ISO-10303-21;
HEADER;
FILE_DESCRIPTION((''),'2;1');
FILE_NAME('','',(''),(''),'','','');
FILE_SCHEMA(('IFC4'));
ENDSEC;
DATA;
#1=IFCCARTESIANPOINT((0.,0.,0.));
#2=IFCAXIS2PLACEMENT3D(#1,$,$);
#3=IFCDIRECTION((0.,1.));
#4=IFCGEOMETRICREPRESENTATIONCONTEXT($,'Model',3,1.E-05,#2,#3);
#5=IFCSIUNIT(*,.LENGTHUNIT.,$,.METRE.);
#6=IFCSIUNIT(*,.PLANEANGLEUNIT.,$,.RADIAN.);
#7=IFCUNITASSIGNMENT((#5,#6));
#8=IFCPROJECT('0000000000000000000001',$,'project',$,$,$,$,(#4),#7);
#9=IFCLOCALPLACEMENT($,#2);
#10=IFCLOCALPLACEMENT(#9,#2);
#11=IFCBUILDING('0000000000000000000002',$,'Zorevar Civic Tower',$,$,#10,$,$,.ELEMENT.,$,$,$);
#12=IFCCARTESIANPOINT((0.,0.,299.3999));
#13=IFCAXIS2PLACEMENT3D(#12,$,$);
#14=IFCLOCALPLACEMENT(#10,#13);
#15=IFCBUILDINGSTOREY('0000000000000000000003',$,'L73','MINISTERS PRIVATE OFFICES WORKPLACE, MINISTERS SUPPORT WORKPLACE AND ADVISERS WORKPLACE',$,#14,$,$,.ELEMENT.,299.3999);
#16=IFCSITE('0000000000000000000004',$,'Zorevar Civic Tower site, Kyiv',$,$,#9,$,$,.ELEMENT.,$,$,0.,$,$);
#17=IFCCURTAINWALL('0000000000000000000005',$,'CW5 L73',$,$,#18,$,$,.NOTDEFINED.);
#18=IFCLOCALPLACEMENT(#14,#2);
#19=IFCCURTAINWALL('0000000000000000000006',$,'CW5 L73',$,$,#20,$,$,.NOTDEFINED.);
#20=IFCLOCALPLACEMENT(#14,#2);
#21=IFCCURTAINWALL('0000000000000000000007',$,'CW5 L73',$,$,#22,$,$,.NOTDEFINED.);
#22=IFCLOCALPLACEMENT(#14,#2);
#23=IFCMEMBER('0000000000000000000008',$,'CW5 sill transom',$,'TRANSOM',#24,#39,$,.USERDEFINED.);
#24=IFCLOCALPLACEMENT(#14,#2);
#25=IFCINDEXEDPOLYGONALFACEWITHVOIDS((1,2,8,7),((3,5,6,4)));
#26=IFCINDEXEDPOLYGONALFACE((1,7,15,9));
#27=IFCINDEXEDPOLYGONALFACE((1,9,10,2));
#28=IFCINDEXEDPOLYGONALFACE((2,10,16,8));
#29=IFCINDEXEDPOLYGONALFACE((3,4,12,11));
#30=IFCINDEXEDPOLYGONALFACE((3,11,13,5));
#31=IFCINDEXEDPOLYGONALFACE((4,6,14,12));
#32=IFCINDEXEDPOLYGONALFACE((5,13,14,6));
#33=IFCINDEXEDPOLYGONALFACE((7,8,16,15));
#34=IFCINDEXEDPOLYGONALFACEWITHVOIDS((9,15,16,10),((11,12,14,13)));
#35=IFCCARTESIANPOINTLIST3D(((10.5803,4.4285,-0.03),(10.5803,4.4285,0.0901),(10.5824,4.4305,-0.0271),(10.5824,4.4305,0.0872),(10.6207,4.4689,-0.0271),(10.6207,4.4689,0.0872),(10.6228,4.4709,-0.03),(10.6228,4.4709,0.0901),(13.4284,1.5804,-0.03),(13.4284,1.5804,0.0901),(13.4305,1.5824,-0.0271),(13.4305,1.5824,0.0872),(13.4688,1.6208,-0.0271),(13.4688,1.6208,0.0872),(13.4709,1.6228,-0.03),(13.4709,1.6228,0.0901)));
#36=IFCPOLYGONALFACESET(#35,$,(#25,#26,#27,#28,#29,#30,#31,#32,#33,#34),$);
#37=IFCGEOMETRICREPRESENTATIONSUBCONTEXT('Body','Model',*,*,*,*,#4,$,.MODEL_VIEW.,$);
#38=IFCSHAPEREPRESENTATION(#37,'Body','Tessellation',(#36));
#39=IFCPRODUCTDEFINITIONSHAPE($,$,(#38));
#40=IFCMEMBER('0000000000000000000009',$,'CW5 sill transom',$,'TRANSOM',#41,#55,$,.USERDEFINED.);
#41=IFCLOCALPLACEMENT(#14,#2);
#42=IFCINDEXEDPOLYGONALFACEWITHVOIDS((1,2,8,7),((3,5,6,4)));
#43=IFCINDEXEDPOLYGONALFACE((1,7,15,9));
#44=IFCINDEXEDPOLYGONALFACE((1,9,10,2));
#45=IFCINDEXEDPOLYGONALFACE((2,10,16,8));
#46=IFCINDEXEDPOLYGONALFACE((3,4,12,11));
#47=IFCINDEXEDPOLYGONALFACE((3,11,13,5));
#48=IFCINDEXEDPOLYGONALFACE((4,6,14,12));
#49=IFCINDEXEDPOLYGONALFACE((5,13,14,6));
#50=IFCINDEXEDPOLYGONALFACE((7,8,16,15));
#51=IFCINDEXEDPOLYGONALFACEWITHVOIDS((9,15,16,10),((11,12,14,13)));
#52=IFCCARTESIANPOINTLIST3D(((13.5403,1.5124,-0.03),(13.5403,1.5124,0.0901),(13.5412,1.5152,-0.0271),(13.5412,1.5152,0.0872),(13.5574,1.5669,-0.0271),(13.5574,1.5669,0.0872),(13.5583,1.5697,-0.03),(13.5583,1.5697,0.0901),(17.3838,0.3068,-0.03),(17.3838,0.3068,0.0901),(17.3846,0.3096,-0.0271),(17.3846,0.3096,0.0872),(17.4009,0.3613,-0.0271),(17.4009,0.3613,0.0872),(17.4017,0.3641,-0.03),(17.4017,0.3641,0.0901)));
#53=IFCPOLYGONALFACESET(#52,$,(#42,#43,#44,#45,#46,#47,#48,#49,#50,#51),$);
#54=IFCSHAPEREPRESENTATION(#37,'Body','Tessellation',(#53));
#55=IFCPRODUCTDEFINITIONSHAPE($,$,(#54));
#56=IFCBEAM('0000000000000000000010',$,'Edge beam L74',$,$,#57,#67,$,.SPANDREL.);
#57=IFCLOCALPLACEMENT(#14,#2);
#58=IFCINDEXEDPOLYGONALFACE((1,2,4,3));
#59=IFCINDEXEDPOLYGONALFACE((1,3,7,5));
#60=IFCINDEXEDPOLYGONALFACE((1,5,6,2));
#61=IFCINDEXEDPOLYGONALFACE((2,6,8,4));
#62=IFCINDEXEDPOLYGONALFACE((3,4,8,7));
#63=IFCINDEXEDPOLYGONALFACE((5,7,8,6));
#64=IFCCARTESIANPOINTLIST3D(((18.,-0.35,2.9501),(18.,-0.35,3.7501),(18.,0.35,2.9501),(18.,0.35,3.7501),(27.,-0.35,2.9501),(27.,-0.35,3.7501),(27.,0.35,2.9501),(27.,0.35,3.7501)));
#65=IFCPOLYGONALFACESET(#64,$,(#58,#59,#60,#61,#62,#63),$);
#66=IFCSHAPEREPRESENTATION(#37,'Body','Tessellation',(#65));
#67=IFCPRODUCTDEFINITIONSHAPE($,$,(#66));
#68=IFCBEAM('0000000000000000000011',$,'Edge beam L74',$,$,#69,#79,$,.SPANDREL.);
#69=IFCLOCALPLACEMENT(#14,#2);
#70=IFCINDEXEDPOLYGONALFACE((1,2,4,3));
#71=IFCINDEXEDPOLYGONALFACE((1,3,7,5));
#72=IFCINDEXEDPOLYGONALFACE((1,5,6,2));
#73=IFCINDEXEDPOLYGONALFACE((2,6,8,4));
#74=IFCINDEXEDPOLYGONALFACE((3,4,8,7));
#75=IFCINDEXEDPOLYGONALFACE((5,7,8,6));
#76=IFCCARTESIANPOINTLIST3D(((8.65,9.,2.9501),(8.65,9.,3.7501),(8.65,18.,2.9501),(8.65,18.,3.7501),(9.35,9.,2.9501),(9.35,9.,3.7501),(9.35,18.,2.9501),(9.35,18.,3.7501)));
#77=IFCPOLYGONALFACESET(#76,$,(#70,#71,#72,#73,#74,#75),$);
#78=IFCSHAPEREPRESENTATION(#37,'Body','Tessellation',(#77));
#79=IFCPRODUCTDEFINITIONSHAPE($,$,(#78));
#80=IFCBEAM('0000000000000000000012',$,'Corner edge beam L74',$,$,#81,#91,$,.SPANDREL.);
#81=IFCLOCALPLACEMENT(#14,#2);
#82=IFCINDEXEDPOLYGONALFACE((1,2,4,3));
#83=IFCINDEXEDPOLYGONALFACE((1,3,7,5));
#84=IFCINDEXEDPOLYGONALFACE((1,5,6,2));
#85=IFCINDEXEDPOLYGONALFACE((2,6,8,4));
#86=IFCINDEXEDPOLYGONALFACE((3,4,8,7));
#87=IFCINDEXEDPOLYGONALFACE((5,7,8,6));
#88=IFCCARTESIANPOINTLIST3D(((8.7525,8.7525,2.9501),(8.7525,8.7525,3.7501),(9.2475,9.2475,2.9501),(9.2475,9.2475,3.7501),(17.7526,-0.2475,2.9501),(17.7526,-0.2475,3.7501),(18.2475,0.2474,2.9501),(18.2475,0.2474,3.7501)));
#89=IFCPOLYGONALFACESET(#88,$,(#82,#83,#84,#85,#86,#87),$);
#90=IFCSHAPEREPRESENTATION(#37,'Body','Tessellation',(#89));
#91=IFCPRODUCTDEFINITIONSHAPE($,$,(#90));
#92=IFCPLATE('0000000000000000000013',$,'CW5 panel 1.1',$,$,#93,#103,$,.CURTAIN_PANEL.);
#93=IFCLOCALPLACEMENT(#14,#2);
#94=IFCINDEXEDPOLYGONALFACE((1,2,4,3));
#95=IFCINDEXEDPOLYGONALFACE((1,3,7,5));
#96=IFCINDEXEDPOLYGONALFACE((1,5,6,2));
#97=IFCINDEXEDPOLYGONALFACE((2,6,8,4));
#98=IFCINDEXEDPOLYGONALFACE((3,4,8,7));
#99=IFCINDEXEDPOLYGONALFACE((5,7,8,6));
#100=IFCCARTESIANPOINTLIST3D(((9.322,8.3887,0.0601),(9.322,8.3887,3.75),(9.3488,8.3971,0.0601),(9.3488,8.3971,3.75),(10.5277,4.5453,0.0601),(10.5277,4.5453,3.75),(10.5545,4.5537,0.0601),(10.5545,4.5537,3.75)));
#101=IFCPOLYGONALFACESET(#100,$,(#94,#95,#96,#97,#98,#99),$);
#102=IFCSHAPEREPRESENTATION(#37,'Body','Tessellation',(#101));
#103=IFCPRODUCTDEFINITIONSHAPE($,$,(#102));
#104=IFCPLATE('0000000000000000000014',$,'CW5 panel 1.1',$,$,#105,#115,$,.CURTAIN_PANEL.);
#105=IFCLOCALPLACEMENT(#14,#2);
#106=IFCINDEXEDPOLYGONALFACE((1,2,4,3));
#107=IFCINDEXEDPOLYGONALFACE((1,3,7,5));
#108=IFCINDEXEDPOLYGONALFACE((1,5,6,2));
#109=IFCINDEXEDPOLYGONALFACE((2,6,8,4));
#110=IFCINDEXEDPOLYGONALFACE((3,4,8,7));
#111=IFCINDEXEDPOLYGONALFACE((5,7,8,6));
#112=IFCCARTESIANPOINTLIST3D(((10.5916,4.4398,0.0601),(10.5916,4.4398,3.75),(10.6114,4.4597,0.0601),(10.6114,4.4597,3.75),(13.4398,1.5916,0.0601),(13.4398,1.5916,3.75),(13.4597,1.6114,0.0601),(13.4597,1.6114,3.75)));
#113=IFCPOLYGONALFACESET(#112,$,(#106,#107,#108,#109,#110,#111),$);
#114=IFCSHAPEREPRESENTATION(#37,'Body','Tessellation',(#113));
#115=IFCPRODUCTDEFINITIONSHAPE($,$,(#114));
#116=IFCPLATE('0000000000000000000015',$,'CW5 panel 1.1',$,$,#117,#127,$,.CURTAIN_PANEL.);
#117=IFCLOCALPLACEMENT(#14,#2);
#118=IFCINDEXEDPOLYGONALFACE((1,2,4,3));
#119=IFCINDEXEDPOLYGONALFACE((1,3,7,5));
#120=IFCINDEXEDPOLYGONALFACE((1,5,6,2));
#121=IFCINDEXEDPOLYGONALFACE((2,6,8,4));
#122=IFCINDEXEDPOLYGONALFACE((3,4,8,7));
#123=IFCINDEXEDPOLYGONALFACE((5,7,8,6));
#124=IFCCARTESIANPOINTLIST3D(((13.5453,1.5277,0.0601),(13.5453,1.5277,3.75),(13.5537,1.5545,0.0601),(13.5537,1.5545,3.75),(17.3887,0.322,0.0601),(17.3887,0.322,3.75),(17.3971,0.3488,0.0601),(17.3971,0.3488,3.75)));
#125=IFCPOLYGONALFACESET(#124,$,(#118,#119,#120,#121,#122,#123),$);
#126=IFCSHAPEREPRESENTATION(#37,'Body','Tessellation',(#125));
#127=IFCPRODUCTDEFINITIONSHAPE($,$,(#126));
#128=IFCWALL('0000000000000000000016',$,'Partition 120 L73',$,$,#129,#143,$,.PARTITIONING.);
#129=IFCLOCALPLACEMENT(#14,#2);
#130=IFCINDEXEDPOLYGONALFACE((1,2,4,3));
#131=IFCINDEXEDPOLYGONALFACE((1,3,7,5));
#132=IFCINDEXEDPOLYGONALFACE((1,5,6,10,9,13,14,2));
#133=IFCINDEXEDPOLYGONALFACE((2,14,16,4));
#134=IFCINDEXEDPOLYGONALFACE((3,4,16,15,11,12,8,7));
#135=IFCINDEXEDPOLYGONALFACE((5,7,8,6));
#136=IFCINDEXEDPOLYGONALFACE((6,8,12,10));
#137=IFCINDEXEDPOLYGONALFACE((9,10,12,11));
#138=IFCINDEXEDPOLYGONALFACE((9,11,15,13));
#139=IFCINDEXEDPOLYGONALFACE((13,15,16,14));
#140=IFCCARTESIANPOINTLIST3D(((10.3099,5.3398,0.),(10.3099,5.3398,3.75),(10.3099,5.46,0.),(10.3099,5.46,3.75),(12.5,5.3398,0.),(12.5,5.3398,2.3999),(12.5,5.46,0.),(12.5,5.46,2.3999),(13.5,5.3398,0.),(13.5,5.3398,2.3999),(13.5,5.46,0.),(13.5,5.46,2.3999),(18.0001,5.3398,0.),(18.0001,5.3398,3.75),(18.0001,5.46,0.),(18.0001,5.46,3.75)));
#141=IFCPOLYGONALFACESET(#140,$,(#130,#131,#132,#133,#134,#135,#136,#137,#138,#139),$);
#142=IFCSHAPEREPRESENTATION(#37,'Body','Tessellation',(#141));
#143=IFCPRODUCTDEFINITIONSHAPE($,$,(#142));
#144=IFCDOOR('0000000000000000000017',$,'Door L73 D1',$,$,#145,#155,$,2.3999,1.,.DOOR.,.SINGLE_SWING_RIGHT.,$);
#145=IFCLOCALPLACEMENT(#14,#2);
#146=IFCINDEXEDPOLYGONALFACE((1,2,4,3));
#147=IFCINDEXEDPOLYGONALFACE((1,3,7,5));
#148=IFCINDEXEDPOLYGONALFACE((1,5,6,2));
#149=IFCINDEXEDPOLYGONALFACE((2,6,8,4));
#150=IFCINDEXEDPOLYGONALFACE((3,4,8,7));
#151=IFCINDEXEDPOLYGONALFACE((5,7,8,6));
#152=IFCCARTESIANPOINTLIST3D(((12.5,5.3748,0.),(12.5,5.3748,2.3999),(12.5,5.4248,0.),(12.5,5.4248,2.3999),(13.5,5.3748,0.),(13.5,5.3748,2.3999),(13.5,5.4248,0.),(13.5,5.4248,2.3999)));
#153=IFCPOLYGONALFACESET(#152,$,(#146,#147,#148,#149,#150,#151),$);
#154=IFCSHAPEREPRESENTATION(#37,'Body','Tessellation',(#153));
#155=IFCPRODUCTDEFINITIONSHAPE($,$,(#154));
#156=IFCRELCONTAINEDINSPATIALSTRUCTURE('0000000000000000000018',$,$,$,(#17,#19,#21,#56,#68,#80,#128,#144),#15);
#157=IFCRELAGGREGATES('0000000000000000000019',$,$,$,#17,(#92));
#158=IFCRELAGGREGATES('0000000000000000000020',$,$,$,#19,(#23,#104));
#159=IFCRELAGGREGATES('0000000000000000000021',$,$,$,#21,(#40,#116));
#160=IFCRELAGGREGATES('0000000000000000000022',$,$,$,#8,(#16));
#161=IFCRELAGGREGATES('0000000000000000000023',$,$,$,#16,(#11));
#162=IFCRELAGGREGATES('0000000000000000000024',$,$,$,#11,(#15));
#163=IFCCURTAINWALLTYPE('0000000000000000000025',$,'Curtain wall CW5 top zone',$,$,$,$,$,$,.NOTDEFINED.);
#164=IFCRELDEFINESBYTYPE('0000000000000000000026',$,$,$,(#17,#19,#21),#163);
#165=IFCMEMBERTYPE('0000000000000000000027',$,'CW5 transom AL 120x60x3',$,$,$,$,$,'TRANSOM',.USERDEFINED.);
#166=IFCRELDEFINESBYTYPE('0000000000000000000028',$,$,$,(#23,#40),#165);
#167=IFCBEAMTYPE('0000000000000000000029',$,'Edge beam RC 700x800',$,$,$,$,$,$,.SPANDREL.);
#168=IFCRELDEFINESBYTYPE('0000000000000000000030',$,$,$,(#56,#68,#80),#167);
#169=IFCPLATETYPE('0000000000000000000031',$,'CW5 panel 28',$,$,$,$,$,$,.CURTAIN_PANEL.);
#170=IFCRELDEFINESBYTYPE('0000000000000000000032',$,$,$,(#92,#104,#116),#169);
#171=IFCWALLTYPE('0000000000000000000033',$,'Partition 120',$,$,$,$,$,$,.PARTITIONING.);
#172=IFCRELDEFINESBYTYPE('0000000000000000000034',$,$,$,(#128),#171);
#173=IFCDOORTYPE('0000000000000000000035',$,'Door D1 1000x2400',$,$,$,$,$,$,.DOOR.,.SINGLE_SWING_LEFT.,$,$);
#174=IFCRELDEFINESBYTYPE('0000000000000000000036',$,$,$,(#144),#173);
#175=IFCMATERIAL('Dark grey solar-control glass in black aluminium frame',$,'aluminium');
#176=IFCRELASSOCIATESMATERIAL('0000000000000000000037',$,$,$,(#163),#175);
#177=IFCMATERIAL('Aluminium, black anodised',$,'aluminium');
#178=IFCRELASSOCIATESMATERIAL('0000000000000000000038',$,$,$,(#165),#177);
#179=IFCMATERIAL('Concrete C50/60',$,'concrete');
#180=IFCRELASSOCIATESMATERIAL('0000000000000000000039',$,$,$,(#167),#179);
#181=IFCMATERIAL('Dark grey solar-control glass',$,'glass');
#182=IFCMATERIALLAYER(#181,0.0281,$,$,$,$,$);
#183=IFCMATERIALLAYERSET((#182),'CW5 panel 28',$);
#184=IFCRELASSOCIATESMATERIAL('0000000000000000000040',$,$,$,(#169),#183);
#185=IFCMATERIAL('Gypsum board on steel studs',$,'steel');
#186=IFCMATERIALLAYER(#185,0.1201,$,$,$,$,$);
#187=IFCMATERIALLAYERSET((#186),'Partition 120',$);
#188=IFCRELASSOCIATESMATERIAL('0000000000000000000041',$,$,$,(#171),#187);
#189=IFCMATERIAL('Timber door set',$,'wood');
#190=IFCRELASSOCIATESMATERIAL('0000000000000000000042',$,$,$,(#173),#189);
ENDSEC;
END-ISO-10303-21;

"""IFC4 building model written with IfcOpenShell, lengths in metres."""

from ifc_helpers import new_model, si_unit, direction, frame, frame_2d, origin, origin_2d, place, context, subcontext, project, spatial, rectangle, hollow_rectangle, extrude, material, layer, layer_set, material_profile, profile_set, type_object, element, fill, aggregate, save


model = new_model("IFC4")

# Units and contexts
model_context = context("Model", 3, precision=1e-05, world=origin(), true_north=direction((0.0, 1.0)))
body_context = subcontext(model_context, "Body", "Model", "MODEL_VIEW")
ifc_project = project(units=[si_unit("LENGTHUNIT", "METRE"), si_unit("PLANEANGLEUNIT", "RADIAN")], contexts=[model_context])

# Site, building, storey
site_placement = place(None, origin())
site = spatial("IfcSite", under=ifc_project, at=site_placement, Name="Zorevar Civic Tower site, Kyiv", CompositionType="ELEMENT", RefElevation=0.0)
building_placement = place(site_placement, origin())
building = spatial("IfcBuilding", under=site, at=building_placement, Name="Zorevar Civic Tower", CompositionType="ELEMENT")
storey_placement = place(building_placement, frame((0.0, 0.0, 299.3999)))
storey = spatial("IfcBuildingStorey", under=building, at=storey_placement, Name="L73", Description="MINISTERS PRIVATE OFFICES WORKPLACE, MINISTERS SUPPORT WORKPLACE AND ADVISERS WORKPLACE", CompositionType="ELEMENT", Elevation=299.3999)

# Shared definitions
ifc_material_1 = material(Name="Dark grey solar-control glass in black aluminium frame", Category="aluminium")
curtain_wall_type = type_object("IfcCurtainWallType", Name="Curtain wall CW5 top zone", PredefinedType="NOTDEFINED", material=ifc_material_1)

# Curtain walls
curtain_wall_1_placement = place(storey_placement, origin())
curtain_wall_1 = element("IfcCurtainWall", 1, at=curtain_wall_1_placement, inside=storey, type_object=curtain_wall_type, Name="CW5 L73", PredefinedType="NOTDEFINED")
curtain_wall_2_placement = place(storey_placement, origin())
curtain_wall_2 = element("IfcCurtainWall", 2, at=curtain_wall_2_placement, inside=storey, type_object=curtain_wall_type, Name="CW5 L73", PredefinedType="NOTDEFINED")
curtain_wall_3_placement = place(storey_placement, origin())
curtain_wall_3 = element("IfcCurtainWall", 3, at=curtain_wall_3_placement, inside=storey, type_object=curtain_wall_type, Name="CW5 L73", PredefinedType="NOTDEFINED")

# Members
ifc_material_2 = material(Name="Aluminium, black anodised", Category="aluminium")
ifc_material_profile_1 = material_profile(ifc_material_2, hollow_rectangle(XDim=0.0601, YDim=0.1201, WallThickness=0.0029, at=origin_2d()), Name="AL 120x60x3")
ifc_profile_set_1 = profile_set([ifc_material_profile_1], Name="Aluminium, black anodised")
member_type_1 = type_object("IfcMemberType", Name="CW5 transom AL 120x60x3", ElementType="TRANSOM", PredefinedType="USERDEFINED", material=ifc_profile_set_1)
member_1_placement = place(storey_placement, frame((10.6016, 4.4497, 0.03), z_axis=(0.707107, -0.707107, 0.0), x_axis=(0.707107, 0.707107, 0.0)))
member_1 = element("IfcMember", 4, at=member_1_placement, type_object=member_type_1, Name="CW5 sill transom", ObjectType="TRANSOM", PredefinedType="USERDEFINED", context=body_context, shape_type="SweptSolid", body=[
    extrude(hollow_rectangle(XDim=0.0601, YDim=0.1201, WallThickness=0.0029, at=origin_2d()), origin(), (0.0, 0.0, 1.0), 4.0278),
])
member_2_placement = place(storey_placement, frame((13.5493, 1.541, 0.03), z_axis=(0.954163, -0.299286, 0.0), x_axis=(0.299286, 0.954163, 0.0)))
member_2 = element("IfcMember", 5, at=member_2_placement, type_object=member_type_1, Name="CW5 sill transom", ObjectType="TRANSOM", PredefinedType="USERDEFINED", context=body_context, shape_type="SweptSolid", body=[
    extrude(hollow_rectangle(XDim=0.0601, YDim=0.1201, WallThickness=0.0029, at=origin_2d()), origin(), (0.0, 0.0, 1.0), 4.0281),
])

# Beams
ifc_material_3 = material(Name="Concrete C50/60", Category="concrete")
ifc_material_profile_2 = material_profile(ifc_material_3, rectangle(XDim=0.7, YDim=0.8, at=origin_2d()), Name="RC 700x800")
ifc_profile_set_2 = profile_set([ifc_material_profile_2], Name="Concrete C50/60")
beam_type_1 = type_object("IfcBeamType", Name="Edge beam RC 700x800", PredefinedType="SPANDREL", material=ifc_profile_set_2)
for number, where, z_axis, x_axis, name in (
    (6, (18.0, 0.0, 3.3501), (1.0, 0.0, 0.0), (0.0, 1.0, 0.0), "Edge beam L74"),
    (7, (9.0, 9.0, 3.3501), (0.0, 1.0, 0.0), (-1.0, 0.0, 0.0), "Edge beam L74"),
):
    element("IfcBeam", number, at=place(storey_placement, frame(where, z_axis=z_axis, x_axis=x_axis)), inside=storey, type_object=beam_type_1, Name=name, PredefinedType="SPANDREL", context=body_context, shape_type="SweptSolid", body=[
        extrude(rectangle(XDim=0.7, YDim=0.8, at=origin_2d()), origin(), (0.0, 0.0, 1.0), 9.0),
    ])
beam_1_placement = place(storey_placement, frame((9.0, 9.0, 3.3501), z_axis=(0.707107, -0.707107, 0.0), x_axis=(0.707107, 0.707107, 0.0)))
element("IfcBeam", 8, at=beam_1_placement, inside=storey, type_object=beam_type_1, Name="Corner edge beam L74", PredefinedType="SPANDREL", context=body_context, shape_type="SweptSolid", body=[
    extrude(rectangle(XDim=0.7, YDim=0.8, at=origin_2d()), origin(), (0.0, 0.0, 1.0), 12.728),
])

# Plates
ifc_material_4 = material(Name="Dark grey solar-control glass", Category="glass")
ifc_layer_1 = layer(ifc_material_4, 0.0281)
ifc_layer_set_1 = layer_set([ifc_layer_1], Name="CW5 panel 28")
plate_type = type_object("IfcPlateType", Name="CW5 panel 28", PredefinedType="CURTAIN_PANEL", material=ifc_layer_set_1)
plate_1_placement = place(storey_placement, frame((9.9382, 6.4712, 0.0601), z_axis=(0.0, 0.0, 1.0), x_axis=(0.299318, -0.954153, 0.0)))
plate_1 = element("IfcPlate", 9, at=plate_1_placement, type_object=plate_type, Name="CW5 panel 1.1", PredefinedType="CURTAIN_PANEL", context=body_context, shape_type="SweptSolid", body=[
    extrude(rectangle(XDim=4.0281, YDim=0.0281, at=origin_2d()), origin(), (0.0, 0.0, 1.0), 3.6899),
])
aggregate(curtain_wall_1, [plate_1])
plate_2_placement = place(storey_placement, frame((12.0256, 3.0256, 0.0601), z_axis=(0.0, 0.0, 1.0), x_axis=(0.707107, -0.707107, 0.0)))
plate_2 = element("IfcPlate", 10, at=plate_2_placement, type_object=plate_type, Name="CW5 panel 1.1", PredefinedType="CURTAIN_PANEL", context=body_context, shape_type="SweptSolid", body=[
    extrude(rectangle(XDim=4.0281, YDim=0.0281, at=origin_2d()), origin(), (0.0, 0.0, 1.0), 3.6899),
])
aggregate(curtain_wall_2, [member_1, plate_2])
plate_3_placement = place(storey_placement, frame((15.4712, 0.9382, 0.0601), z_axis=(0.0, 0.0, 1.0), x_axis=(0.954153, -0.299318, 0.0)))
plate_3 = element("IfcPlate", 11, at=plate_3_placement, type_object=plate_type, Name="CW5 panel 1.1", PredefinedType="CURTAIN_PANEL", context=body_context, shape_type="SweptSolid", body=[
    extrude(rectangle(XDim=4.0281, YDim=0.0281, at=origin_2d()), origin(), (0.0, 0.0, 1.0), 3.6899),
])
aggregate(curtain_wall_3, [member_2, plate_3])

# Wall, opening, door
ifc_material_5 = material(Name="Gypsum board on steel studs", Category="steel")
ifc_layer_2 = layer(ifc_material_5, 0.1201)
ifc_layer_set_2 = layer_set([ifc_layer_2], Name="Partition 120")
wall_type = type_object("IfcWallType", Name="Partition 120", PredefinedType="PARTITIONING", material=ifc_layer_set_2)
wall_placement = place(storey_placement, frame((10.3098, 5.3999, 0.0), z_axis=(0.0, 0.0, 1.0), x_axis=(1.0, 0.0, 0.0)))
wall = element("IfcWall", 12, at=wall_placement, inside=storey, type_object=wall_type, Name="Partition 120 L73", PredefinedType="PARTITIONING", context=body_context, shape_type="SweptSolid", body=[
    extrude(rectangle(XDim=7.6902, YDim=0.1201, at=frame_2d((3.8452, 0.0))), origin(), (0.0, 0.0, 1.0), 3.75),
])
opening_placement = place(wall_placement, frame((2.1902, 0.0, 0.0)))
opening = element("IfcOpeningElement", 13, at=opening_placement, cuts=wall, PredefinedType="OPENING", context=body_context, shape_type="SweptSolid", body=[
    extrude(rectangle(XDim=1.0, YDim=2.3999, at=frame_2d((0.5, 1.2))), frame((0.0, 0.0701, 0.0), z_axis=(0.0, -1.0, 0.0), x_axis=(1.0, 0.0, 0.0)), (0.0, 0.0, 1.0), 0.1401),
])
ifc_material_6 = material(Name="Timber door set", Category="wood")
door_type = type_object("IfcDoorType", Name="Door D1 1000x2400", OperationType="SINGLE_SWING_LEFT", PredefinedType="DOOR", material=ifc_material_6)
door_placement = place(opening_placement, origin())
door = element("IfcDoor", 14, at=door_placement, inside=storey, type_object=door_type, Name="Door L73 D1", OperationType="SINGLE_SWING_RIGHT", OverallHeight=2.3999, OverallWidth=1.0, PredefinedType="DOOR", context=body_context, shape_type="SweptSolid", body=[
    extrude(rectangle(XDim=1.0, YDim=2.3999, at=frame_2d((0.5, 1.2))), frame((0.0, 0.0249, 0.0), z_axis=(0.0, -1.0, 0.0), x_axis=(1.0, 0.0, 0.0)), (0.0, 0.0, 1.0), 0.05),
])
fill(opening, door)

save(model, "model.ifc")
